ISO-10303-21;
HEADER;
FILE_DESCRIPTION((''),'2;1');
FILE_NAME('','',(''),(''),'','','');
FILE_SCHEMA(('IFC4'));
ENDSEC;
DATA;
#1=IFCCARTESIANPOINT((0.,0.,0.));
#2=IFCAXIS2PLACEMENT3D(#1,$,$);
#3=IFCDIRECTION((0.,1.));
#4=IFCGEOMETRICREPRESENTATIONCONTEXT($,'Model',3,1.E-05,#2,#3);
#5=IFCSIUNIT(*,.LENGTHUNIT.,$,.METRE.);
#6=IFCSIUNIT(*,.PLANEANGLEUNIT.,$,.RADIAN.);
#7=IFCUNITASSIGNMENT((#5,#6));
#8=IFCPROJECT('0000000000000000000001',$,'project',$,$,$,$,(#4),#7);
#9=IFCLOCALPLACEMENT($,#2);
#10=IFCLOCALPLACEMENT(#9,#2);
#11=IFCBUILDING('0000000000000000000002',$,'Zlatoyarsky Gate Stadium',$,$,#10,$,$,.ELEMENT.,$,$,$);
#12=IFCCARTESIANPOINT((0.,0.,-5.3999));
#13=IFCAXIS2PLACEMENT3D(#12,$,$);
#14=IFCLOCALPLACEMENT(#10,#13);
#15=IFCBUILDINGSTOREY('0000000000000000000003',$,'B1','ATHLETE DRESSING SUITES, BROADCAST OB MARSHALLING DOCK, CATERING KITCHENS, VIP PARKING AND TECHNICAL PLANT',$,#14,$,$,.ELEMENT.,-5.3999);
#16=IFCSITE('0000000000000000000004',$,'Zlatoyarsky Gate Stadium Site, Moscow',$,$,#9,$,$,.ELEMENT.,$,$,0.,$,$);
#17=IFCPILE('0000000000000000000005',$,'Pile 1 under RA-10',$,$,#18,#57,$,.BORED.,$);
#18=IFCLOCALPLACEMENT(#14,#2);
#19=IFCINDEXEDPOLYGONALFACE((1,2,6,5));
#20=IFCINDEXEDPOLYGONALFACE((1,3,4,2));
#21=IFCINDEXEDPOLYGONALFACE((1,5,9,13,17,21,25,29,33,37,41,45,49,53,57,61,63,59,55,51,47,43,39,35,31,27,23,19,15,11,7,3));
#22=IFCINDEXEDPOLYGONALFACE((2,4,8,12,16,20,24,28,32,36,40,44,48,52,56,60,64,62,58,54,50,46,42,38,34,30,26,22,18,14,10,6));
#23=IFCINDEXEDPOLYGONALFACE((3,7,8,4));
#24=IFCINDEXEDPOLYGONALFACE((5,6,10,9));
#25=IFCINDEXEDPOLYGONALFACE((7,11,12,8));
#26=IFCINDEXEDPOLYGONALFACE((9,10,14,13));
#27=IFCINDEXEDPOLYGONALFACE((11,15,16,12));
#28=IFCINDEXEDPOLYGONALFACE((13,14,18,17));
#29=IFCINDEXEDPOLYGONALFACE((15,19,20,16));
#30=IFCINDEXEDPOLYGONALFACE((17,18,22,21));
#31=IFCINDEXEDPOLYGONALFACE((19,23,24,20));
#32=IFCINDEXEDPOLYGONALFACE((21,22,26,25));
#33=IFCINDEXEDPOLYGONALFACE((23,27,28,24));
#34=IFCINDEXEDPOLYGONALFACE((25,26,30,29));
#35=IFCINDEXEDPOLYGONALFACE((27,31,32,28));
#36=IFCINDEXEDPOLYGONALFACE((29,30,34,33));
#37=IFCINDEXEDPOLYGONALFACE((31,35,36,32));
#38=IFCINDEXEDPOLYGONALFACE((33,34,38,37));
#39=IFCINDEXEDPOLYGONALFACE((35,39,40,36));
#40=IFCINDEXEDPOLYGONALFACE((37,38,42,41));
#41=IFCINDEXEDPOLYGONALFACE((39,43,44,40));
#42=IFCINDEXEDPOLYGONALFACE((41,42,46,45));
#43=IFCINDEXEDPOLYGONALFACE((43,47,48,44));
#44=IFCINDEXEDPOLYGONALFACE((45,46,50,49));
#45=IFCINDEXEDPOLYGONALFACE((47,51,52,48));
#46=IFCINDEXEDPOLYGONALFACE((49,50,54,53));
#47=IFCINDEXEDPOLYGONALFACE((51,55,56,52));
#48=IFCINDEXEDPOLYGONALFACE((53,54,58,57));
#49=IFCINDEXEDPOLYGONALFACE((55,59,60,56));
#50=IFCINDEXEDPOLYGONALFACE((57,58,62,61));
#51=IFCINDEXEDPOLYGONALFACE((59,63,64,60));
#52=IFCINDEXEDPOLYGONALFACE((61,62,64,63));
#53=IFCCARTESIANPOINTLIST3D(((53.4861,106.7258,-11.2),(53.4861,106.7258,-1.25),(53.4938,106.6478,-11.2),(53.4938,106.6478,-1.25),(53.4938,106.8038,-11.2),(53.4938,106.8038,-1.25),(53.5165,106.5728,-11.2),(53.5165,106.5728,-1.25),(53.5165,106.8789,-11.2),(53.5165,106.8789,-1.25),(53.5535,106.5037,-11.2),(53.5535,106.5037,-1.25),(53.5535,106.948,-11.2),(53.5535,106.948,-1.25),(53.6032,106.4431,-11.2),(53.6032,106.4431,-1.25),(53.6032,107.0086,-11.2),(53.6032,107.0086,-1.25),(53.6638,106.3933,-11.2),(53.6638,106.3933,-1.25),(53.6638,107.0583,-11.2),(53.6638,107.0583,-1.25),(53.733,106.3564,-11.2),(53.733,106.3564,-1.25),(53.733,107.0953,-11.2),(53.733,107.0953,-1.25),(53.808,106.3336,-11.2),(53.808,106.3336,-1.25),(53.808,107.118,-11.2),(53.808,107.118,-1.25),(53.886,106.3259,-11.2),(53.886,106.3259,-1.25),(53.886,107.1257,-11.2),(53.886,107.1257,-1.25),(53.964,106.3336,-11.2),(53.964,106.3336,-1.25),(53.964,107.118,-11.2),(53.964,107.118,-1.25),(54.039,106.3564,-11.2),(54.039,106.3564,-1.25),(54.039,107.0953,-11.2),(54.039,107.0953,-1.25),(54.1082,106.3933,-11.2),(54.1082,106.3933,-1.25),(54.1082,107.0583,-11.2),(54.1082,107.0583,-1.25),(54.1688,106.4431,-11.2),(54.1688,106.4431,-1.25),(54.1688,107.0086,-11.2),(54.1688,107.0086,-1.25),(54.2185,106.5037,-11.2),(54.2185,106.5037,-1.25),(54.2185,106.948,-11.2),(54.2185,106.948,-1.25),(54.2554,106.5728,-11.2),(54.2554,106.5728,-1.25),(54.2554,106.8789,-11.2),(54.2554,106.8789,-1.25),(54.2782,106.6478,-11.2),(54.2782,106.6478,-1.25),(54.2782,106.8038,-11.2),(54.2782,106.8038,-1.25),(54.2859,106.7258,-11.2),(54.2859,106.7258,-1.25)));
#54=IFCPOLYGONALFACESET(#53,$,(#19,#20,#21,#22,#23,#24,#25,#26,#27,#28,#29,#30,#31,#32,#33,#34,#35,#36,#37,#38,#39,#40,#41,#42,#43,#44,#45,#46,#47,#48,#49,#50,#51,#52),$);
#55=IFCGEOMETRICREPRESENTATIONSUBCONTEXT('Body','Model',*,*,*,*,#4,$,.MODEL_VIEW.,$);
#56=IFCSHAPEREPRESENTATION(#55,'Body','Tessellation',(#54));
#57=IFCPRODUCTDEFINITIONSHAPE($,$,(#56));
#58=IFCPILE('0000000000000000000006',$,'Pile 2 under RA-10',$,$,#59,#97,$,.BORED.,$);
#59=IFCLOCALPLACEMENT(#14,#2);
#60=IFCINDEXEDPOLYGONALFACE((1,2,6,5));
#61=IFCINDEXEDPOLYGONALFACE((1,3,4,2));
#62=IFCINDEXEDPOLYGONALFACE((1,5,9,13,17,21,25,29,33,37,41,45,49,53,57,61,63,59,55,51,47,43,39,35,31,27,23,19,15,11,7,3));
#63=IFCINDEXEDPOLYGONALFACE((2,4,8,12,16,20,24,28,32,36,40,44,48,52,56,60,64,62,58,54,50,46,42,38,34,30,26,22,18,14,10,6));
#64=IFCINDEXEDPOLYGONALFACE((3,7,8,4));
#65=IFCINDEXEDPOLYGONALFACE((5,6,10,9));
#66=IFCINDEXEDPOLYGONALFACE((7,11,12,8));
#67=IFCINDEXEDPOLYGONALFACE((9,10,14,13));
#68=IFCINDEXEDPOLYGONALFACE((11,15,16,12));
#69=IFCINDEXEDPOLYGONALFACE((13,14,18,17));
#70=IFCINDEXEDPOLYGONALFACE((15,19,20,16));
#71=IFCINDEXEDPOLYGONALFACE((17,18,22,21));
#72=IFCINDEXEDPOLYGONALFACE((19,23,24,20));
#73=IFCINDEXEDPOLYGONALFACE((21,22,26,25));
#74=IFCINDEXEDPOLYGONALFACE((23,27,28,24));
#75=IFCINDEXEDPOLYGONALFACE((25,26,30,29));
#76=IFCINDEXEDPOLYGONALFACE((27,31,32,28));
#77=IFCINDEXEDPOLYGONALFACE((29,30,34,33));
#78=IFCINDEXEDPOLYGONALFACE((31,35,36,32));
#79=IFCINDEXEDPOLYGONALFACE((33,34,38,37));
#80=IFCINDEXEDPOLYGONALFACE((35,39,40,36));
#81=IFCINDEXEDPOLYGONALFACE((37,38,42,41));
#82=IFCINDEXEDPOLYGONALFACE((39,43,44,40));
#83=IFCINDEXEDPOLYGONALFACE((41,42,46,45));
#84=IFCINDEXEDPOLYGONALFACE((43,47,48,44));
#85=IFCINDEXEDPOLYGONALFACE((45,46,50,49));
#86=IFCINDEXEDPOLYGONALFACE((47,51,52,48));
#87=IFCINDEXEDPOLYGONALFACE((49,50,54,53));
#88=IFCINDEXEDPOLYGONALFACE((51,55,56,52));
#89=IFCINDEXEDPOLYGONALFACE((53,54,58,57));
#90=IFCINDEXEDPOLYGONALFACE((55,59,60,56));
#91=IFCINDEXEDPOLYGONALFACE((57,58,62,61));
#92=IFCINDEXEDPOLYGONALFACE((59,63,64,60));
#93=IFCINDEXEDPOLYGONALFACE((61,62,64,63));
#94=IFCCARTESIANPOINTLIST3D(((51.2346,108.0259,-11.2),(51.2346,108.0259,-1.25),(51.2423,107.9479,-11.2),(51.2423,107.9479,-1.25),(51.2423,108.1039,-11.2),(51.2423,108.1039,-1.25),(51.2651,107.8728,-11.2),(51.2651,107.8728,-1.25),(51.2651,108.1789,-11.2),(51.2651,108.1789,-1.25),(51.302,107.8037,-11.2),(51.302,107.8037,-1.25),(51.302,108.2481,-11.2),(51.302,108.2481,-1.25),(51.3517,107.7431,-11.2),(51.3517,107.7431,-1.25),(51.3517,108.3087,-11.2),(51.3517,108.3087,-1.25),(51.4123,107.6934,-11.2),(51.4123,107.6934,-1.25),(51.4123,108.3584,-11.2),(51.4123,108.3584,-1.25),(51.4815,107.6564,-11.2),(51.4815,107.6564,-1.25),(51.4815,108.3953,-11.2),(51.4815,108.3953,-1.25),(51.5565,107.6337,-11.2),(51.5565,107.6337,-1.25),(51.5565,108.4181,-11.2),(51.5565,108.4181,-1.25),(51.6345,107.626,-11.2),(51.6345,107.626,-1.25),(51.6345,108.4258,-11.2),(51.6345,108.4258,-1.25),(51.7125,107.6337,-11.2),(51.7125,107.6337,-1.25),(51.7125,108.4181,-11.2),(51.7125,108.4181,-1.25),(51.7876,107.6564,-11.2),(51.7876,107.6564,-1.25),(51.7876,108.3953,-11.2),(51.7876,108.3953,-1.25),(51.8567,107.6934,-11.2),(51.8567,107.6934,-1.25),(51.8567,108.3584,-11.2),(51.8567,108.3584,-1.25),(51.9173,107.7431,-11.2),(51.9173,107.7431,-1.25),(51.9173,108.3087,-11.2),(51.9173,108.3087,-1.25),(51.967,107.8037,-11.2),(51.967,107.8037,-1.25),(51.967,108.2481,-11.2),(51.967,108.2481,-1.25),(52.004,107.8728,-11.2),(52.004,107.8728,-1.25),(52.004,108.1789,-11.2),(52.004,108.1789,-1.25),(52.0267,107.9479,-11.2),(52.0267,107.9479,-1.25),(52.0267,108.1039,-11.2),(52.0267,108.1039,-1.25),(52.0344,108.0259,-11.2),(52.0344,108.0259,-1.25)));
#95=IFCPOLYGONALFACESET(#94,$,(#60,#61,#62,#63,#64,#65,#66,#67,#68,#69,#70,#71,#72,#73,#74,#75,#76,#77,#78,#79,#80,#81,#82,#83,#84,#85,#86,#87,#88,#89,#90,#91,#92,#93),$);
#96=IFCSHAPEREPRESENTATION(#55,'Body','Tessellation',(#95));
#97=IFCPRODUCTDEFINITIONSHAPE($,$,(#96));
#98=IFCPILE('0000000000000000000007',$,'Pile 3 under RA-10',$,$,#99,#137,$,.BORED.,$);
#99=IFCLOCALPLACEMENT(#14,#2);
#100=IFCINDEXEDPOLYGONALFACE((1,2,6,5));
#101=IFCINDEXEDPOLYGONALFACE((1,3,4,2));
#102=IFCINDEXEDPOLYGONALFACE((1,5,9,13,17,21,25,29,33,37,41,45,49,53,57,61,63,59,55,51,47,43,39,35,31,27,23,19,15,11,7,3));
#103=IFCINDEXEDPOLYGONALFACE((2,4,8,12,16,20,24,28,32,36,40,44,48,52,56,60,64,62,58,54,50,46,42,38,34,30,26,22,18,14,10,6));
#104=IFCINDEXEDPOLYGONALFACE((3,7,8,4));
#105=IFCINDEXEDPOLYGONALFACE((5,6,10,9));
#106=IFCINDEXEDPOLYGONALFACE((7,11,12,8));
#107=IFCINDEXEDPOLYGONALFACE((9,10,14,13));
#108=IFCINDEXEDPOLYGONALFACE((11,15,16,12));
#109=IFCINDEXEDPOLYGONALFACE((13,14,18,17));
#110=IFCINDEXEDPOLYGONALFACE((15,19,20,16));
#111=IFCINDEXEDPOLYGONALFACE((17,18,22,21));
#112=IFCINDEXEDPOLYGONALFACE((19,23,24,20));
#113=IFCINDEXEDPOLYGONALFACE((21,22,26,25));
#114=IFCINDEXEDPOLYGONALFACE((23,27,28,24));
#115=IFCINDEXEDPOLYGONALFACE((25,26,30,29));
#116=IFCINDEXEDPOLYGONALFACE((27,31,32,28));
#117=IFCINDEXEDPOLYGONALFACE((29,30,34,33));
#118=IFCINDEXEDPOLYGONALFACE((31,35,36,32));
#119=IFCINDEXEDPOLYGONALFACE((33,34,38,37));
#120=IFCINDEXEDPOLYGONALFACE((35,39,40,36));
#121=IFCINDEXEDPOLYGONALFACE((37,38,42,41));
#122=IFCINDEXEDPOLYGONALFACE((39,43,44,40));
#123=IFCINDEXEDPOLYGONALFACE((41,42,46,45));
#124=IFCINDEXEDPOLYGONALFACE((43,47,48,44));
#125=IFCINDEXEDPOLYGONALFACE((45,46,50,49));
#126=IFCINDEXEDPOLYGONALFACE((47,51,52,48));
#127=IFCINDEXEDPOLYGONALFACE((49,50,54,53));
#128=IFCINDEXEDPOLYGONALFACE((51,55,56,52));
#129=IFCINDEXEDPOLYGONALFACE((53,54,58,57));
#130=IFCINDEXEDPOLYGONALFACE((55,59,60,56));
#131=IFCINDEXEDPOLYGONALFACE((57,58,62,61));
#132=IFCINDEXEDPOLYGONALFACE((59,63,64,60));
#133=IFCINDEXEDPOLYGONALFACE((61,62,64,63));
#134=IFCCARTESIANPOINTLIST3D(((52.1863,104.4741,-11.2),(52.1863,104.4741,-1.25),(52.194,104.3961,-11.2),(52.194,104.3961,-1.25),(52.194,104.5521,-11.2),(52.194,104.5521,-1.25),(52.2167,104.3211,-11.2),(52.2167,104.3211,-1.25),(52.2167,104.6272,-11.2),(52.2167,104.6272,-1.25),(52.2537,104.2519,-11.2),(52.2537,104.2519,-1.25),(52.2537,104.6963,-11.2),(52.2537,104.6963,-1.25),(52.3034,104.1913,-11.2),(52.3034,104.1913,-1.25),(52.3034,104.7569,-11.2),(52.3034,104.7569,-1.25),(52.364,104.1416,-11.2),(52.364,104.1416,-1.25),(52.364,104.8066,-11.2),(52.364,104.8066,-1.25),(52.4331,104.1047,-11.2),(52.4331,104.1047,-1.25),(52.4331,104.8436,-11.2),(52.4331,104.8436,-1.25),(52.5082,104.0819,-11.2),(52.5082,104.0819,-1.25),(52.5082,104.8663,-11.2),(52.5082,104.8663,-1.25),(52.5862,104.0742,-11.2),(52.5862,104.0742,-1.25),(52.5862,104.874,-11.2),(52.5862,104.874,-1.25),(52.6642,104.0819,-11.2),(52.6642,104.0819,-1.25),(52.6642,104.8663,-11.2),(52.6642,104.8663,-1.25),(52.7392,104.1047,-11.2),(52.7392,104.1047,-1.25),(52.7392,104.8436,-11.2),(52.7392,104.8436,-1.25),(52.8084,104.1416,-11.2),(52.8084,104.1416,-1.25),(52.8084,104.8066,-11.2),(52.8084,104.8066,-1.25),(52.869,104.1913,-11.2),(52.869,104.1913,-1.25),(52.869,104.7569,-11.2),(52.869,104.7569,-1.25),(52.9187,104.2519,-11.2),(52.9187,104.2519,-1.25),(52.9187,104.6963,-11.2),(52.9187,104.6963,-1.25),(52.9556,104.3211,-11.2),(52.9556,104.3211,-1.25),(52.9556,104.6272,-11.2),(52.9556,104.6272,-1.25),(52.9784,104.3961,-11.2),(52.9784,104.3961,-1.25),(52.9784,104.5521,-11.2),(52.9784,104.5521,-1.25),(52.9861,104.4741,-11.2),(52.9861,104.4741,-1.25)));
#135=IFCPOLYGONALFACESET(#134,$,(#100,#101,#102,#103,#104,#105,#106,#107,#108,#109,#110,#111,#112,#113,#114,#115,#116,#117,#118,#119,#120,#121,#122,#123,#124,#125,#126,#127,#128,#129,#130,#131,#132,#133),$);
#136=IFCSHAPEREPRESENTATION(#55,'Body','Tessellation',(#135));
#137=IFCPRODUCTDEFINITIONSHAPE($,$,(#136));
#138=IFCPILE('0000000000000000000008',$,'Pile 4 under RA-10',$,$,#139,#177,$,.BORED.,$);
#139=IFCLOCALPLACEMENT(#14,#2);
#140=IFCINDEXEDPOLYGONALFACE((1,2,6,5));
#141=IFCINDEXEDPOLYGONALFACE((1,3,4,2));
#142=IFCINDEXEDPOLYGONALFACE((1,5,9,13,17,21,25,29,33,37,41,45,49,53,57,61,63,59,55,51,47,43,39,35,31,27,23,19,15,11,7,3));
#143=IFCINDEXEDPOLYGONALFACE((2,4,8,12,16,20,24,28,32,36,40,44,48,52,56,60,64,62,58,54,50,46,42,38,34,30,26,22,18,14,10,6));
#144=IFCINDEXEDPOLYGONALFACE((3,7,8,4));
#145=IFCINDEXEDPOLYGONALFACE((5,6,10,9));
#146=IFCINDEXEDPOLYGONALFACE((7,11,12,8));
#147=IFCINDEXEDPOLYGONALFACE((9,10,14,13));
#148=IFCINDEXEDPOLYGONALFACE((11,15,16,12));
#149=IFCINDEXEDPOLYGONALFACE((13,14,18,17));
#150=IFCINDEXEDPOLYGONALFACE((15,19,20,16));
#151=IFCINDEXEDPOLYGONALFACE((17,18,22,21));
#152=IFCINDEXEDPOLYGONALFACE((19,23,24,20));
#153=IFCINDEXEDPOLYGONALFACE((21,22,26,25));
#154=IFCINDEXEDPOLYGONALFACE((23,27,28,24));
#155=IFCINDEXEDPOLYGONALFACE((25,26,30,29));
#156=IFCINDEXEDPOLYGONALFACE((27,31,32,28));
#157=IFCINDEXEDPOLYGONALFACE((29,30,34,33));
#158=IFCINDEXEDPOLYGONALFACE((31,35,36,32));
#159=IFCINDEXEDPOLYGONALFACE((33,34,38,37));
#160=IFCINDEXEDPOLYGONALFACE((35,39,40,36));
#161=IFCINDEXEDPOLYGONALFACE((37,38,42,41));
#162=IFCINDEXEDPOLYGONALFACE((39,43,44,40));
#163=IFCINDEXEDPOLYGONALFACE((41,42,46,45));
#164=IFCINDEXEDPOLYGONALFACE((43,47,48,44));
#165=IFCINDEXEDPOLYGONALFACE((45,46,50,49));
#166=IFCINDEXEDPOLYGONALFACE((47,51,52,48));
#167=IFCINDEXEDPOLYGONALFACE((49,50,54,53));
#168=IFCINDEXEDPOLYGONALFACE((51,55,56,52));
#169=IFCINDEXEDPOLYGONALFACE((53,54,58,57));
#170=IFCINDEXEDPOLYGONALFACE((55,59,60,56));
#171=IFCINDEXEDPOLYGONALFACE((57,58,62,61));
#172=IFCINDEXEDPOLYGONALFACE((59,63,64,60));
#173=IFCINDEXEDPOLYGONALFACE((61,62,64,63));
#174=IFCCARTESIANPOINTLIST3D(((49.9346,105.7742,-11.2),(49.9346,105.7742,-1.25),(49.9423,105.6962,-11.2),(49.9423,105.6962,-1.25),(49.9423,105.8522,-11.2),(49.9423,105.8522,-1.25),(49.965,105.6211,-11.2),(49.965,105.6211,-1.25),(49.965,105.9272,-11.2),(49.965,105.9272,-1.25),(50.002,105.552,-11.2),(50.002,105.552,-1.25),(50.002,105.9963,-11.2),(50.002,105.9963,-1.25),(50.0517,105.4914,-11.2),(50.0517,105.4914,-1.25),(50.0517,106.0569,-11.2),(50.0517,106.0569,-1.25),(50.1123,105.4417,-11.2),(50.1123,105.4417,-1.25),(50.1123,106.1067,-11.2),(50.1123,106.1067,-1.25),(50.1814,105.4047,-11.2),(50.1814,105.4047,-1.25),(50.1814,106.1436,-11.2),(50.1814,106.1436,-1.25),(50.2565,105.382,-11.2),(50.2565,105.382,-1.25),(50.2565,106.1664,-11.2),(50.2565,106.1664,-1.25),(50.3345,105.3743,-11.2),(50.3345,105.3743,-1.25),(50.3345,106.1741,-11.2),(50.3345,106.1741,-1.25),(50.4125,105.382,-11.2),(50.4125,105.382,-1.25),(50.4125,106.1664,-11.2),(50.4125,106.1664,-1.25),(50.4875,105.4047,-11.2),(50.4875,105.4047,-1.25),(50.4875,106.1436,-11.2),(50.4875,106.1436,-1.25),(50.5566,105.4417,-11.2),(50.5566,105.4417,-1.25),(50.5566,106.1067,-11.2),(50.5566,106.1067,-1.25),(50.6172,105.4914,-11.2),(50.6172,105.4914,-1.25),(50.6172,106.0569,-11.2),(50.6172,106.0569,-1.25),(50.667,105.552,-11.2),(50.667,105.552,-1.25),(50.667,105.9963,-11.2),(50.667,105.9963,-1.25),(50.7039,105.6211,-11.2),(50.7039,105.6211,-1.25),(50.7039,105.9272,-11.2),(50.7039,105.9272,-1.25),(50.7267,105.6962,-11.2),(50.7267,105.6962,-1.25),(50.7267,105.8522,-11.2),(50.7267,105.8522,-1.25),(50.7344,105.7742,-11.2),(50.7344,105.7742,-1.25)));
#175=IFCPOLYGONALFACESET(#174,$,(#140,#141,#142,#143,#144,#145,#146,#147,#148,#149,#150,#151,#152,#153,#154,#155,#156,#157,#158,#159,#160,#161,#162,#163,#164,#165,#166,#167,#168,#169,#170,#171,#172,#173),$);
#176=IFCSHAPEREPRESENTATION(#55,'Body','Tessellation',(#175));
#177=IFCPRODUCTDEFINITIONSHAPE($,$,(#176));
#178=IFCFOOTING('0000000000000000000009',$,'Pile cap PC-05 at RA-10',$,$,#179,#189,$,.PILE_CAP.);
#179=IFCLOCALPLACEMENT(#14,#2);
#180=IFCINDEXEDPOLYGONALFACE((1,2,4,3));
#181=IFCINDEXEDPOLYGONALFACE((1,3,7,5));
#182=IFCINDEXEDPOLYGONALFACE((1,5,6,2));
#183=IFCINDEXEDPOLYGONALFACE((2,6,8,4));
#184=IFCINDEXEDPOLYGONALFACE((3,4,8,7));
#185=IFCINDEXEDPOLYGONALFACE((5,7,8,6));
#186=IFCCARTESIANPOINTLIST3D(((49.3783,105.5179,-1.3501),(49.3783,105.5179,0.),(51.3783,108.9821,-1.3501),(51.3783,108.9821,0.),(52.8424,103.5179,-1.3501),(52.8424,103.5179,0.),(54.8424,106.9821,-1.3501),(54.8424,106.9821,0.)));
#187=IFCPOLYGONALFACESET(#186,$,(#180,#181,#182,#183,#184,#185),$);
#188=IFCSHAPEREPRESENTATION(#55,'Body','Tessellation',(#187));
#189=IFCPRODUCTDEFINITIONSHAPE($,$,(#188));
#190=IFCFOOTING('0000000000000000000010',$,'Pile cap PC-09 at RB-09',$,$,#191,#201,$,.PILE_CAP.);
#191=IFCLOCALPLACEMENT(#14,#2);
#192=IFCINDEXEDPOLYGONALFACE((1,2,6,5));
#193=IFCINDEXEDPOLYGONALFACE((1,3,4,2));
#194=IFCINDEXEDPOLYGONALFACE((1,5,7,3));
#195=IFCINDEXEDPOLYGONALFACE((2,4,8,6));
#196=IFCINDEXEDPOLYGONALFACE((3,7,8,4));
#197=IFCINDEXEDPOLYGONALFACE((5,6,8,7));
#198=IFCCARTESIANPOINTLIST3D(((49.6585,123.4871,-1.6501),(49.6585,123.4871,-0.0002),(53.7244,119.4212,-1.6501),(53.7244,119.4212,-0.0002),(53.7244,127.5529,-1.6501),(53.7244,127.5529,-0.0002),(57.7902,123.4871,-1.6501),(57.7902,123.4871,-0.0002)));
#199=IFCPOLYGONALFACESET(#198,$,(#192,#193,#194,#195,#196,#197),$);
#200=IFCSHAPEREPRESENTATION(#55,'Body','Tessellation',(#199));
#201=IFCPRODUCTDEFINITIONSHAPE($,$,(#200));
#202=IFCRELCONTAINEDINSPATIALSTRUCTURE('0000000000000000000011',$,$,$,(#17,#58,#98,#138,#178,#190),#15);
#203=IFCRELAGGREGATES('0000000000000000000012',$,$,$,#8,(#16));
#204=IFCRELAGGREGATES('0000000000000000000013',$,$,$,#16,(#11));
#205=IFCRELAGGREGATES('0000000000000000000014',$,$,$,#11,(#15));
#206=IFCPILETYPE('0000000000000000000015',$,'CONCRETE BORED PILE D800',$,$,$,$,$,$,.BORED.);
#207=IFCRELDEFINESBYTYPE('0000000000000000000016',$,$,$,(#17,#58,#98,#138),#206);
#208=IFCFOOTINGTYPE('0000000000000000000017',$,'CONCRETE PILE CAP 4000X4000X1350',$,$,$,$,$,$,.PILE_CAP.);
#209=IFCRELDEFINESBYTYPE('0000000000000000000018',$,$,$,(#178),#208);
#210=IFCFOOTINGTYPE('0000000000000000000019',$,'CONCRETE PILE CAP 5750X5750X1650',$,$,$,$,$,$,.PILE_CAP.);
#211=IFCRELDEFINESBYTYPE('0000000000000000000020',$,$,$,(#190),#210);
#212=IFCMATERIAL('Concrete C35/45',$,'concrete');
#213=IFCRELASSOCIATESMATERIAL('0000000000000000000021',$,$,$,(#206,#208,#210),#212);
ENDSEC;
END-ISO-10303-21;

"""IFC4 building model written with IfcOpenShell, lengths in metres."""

from ifc_helpers import new_model, si_unit, direction, frame, origin, origin_2d, place, context, subcontext, project, spatial, rectangle, circle, extrude, material, material_profile, profile_set, type_object, element, save


model = new_model("IFC4")

# Units and contexts
model_context = context("Model", 3, precision=1e-05, world=origin(), true_north=direction((0.0, 1.0)))
body_context = subcontext(model_context, "Body", "Model", "MODEL_VIEW")
ifc_project = project(units=[si_unit("LENGTHUNIT", "METRE"), si_unit("PLANEANGLEUNIT", "RADIAN")], contexts=[model_context])

# Site, building, storey
site_placement = place(None, origin())
site = spatial("IfcSite", under=ifc_project, at=site_placement, Name="Zlatoyarsky Gate Stadium Site, Moscow", CompositionType="ELEMENT", RefElevation=0.0)
building_placement = place(site_placement, origin())
building = spatial("IfcBuilding", under=site, at=building_placement, Name="Zlatoyarsky Gate Stadium", CompositionType="ELEMENT")
storey_placement = place(building_placement, frame((0.0, 0.0, -5.3999)))
storey = spatial("IfcBuildingStorey", under=building, at=storey_placement, Name="B1", Description="ATHLETE DRESSING SUITES, BROADCAST OB MARSHALLING DOCK, CATERING KITCHENS, VIP PARKING AND TECHNICAL PLANT", CompositionType="ELEMENT", Elevation=-5.3999)

# Piles
ifc_material_1 = material(Name="Concrete C35/45", Category="concrete")
ifc_material_profile_1 = material_profile(ifc_material_1, circle(Radius=0.3999, at=origin_2d()), Name="BORED PILE D800")
ifc_profile_set_1 = profile_set([ifc_material_profile_1], Name="Concrete C35/45")
pile_type_1 = type_object("IfcPileType", Name="CONCRETE BORED PILE D800", PredefinedType="BORED", material=ifc_profile_set_1)
for number, where, z_axis, x_axis, name in (
    (1, (53.886, 106.7258, -1.25), (0.0, 0.0, -1.0), (1.0, 0.0, 0.0), "Pile 1 under RA-10"),
    (2, (51.6345, 108.0259, -1.25), (0.0, 0.0, -1.0), (1.0, 0.0, 0.0), "Pile 2 under RA-10"),
    (3, (52.5862, 104.4741, -1.25), (0.0, 0.0, -1.0), (1.0, 0.0, 0.0), "Pile 3 under RA-10"),
    (4, (50.3345, 105.7742, -1.25), (0.0, 0.0, -1.0), (1.0, 0.0, 0.0), "Pile 4 under RA-10"),
):
    element("IfcPile", number, at=place(storey_placement, frame(where, z_axis=z_axis, x_axis=x_axis)), inside=storey, type_object=pile_type_1, Name=name, PredefinedType="BORED", context=body_context, shape_type="SweptSolid", body=[
        extrude(circle(Radius=0.3999, at=origin_2d()), origin(), (0.0, 0.0, 1.0), 9.95),
    ])

# Footings
footing_type_1 = type_object("IfcFootingType", Name="CONCRETE PILE CAP 4000X4000X1350", PredefinedType="PILE_CAP", material=ifc_material_1)
footing_1_placement = place(storey_placement, frame((52.1104, 106.25, -1.3501), z_axis=(0.0, 0.0, 1.0), x_axis=(-0.866025, 0.5, 0.0)))
element("IfcFooting", 5, at=footing_1_placement, inside=storey, type_object=footing_type_1, Name="Pile cap PC-05 at RA-10", PredefinedType="PILE_CAP", context=body_context, shape_type="SweptSolid", body=[
    extrude(rectangle(XDim=4.0, YDim=4.0, at=origin_2d()), origin(), (0.0, 0.0, 1.0), 1.3501),
])
footing_type_2 = type_object("IfcFootingType", Name="CONCRETE PILE CAP 5750X5750X1650", PredefinedType="PILE_CAP", material=ifc_material_1)
footing_2_placement = place(storey_placement, frame((53.7244, 123.4871, -1.6501), z_axis=(0.0, 0.0, 1.0), x_axis=(-0.707107, 0.707107, 0.0)))
element("IfcFooting", 6, at=footing_2_placement, inside=storey, type_object=footing_type_2, Name="Pile cap PC-09 at RB-09", PredefinedType="PILE_CAP", context=body_context, shape_type="SweptSolid", body=[
    extrude(rectangle(XDim=5.75, YDim=5.75, at=origin_2d()), origin(), (0.0, 0.0, 1.0), 1.6499),
])

save(model, "model.ifc")
